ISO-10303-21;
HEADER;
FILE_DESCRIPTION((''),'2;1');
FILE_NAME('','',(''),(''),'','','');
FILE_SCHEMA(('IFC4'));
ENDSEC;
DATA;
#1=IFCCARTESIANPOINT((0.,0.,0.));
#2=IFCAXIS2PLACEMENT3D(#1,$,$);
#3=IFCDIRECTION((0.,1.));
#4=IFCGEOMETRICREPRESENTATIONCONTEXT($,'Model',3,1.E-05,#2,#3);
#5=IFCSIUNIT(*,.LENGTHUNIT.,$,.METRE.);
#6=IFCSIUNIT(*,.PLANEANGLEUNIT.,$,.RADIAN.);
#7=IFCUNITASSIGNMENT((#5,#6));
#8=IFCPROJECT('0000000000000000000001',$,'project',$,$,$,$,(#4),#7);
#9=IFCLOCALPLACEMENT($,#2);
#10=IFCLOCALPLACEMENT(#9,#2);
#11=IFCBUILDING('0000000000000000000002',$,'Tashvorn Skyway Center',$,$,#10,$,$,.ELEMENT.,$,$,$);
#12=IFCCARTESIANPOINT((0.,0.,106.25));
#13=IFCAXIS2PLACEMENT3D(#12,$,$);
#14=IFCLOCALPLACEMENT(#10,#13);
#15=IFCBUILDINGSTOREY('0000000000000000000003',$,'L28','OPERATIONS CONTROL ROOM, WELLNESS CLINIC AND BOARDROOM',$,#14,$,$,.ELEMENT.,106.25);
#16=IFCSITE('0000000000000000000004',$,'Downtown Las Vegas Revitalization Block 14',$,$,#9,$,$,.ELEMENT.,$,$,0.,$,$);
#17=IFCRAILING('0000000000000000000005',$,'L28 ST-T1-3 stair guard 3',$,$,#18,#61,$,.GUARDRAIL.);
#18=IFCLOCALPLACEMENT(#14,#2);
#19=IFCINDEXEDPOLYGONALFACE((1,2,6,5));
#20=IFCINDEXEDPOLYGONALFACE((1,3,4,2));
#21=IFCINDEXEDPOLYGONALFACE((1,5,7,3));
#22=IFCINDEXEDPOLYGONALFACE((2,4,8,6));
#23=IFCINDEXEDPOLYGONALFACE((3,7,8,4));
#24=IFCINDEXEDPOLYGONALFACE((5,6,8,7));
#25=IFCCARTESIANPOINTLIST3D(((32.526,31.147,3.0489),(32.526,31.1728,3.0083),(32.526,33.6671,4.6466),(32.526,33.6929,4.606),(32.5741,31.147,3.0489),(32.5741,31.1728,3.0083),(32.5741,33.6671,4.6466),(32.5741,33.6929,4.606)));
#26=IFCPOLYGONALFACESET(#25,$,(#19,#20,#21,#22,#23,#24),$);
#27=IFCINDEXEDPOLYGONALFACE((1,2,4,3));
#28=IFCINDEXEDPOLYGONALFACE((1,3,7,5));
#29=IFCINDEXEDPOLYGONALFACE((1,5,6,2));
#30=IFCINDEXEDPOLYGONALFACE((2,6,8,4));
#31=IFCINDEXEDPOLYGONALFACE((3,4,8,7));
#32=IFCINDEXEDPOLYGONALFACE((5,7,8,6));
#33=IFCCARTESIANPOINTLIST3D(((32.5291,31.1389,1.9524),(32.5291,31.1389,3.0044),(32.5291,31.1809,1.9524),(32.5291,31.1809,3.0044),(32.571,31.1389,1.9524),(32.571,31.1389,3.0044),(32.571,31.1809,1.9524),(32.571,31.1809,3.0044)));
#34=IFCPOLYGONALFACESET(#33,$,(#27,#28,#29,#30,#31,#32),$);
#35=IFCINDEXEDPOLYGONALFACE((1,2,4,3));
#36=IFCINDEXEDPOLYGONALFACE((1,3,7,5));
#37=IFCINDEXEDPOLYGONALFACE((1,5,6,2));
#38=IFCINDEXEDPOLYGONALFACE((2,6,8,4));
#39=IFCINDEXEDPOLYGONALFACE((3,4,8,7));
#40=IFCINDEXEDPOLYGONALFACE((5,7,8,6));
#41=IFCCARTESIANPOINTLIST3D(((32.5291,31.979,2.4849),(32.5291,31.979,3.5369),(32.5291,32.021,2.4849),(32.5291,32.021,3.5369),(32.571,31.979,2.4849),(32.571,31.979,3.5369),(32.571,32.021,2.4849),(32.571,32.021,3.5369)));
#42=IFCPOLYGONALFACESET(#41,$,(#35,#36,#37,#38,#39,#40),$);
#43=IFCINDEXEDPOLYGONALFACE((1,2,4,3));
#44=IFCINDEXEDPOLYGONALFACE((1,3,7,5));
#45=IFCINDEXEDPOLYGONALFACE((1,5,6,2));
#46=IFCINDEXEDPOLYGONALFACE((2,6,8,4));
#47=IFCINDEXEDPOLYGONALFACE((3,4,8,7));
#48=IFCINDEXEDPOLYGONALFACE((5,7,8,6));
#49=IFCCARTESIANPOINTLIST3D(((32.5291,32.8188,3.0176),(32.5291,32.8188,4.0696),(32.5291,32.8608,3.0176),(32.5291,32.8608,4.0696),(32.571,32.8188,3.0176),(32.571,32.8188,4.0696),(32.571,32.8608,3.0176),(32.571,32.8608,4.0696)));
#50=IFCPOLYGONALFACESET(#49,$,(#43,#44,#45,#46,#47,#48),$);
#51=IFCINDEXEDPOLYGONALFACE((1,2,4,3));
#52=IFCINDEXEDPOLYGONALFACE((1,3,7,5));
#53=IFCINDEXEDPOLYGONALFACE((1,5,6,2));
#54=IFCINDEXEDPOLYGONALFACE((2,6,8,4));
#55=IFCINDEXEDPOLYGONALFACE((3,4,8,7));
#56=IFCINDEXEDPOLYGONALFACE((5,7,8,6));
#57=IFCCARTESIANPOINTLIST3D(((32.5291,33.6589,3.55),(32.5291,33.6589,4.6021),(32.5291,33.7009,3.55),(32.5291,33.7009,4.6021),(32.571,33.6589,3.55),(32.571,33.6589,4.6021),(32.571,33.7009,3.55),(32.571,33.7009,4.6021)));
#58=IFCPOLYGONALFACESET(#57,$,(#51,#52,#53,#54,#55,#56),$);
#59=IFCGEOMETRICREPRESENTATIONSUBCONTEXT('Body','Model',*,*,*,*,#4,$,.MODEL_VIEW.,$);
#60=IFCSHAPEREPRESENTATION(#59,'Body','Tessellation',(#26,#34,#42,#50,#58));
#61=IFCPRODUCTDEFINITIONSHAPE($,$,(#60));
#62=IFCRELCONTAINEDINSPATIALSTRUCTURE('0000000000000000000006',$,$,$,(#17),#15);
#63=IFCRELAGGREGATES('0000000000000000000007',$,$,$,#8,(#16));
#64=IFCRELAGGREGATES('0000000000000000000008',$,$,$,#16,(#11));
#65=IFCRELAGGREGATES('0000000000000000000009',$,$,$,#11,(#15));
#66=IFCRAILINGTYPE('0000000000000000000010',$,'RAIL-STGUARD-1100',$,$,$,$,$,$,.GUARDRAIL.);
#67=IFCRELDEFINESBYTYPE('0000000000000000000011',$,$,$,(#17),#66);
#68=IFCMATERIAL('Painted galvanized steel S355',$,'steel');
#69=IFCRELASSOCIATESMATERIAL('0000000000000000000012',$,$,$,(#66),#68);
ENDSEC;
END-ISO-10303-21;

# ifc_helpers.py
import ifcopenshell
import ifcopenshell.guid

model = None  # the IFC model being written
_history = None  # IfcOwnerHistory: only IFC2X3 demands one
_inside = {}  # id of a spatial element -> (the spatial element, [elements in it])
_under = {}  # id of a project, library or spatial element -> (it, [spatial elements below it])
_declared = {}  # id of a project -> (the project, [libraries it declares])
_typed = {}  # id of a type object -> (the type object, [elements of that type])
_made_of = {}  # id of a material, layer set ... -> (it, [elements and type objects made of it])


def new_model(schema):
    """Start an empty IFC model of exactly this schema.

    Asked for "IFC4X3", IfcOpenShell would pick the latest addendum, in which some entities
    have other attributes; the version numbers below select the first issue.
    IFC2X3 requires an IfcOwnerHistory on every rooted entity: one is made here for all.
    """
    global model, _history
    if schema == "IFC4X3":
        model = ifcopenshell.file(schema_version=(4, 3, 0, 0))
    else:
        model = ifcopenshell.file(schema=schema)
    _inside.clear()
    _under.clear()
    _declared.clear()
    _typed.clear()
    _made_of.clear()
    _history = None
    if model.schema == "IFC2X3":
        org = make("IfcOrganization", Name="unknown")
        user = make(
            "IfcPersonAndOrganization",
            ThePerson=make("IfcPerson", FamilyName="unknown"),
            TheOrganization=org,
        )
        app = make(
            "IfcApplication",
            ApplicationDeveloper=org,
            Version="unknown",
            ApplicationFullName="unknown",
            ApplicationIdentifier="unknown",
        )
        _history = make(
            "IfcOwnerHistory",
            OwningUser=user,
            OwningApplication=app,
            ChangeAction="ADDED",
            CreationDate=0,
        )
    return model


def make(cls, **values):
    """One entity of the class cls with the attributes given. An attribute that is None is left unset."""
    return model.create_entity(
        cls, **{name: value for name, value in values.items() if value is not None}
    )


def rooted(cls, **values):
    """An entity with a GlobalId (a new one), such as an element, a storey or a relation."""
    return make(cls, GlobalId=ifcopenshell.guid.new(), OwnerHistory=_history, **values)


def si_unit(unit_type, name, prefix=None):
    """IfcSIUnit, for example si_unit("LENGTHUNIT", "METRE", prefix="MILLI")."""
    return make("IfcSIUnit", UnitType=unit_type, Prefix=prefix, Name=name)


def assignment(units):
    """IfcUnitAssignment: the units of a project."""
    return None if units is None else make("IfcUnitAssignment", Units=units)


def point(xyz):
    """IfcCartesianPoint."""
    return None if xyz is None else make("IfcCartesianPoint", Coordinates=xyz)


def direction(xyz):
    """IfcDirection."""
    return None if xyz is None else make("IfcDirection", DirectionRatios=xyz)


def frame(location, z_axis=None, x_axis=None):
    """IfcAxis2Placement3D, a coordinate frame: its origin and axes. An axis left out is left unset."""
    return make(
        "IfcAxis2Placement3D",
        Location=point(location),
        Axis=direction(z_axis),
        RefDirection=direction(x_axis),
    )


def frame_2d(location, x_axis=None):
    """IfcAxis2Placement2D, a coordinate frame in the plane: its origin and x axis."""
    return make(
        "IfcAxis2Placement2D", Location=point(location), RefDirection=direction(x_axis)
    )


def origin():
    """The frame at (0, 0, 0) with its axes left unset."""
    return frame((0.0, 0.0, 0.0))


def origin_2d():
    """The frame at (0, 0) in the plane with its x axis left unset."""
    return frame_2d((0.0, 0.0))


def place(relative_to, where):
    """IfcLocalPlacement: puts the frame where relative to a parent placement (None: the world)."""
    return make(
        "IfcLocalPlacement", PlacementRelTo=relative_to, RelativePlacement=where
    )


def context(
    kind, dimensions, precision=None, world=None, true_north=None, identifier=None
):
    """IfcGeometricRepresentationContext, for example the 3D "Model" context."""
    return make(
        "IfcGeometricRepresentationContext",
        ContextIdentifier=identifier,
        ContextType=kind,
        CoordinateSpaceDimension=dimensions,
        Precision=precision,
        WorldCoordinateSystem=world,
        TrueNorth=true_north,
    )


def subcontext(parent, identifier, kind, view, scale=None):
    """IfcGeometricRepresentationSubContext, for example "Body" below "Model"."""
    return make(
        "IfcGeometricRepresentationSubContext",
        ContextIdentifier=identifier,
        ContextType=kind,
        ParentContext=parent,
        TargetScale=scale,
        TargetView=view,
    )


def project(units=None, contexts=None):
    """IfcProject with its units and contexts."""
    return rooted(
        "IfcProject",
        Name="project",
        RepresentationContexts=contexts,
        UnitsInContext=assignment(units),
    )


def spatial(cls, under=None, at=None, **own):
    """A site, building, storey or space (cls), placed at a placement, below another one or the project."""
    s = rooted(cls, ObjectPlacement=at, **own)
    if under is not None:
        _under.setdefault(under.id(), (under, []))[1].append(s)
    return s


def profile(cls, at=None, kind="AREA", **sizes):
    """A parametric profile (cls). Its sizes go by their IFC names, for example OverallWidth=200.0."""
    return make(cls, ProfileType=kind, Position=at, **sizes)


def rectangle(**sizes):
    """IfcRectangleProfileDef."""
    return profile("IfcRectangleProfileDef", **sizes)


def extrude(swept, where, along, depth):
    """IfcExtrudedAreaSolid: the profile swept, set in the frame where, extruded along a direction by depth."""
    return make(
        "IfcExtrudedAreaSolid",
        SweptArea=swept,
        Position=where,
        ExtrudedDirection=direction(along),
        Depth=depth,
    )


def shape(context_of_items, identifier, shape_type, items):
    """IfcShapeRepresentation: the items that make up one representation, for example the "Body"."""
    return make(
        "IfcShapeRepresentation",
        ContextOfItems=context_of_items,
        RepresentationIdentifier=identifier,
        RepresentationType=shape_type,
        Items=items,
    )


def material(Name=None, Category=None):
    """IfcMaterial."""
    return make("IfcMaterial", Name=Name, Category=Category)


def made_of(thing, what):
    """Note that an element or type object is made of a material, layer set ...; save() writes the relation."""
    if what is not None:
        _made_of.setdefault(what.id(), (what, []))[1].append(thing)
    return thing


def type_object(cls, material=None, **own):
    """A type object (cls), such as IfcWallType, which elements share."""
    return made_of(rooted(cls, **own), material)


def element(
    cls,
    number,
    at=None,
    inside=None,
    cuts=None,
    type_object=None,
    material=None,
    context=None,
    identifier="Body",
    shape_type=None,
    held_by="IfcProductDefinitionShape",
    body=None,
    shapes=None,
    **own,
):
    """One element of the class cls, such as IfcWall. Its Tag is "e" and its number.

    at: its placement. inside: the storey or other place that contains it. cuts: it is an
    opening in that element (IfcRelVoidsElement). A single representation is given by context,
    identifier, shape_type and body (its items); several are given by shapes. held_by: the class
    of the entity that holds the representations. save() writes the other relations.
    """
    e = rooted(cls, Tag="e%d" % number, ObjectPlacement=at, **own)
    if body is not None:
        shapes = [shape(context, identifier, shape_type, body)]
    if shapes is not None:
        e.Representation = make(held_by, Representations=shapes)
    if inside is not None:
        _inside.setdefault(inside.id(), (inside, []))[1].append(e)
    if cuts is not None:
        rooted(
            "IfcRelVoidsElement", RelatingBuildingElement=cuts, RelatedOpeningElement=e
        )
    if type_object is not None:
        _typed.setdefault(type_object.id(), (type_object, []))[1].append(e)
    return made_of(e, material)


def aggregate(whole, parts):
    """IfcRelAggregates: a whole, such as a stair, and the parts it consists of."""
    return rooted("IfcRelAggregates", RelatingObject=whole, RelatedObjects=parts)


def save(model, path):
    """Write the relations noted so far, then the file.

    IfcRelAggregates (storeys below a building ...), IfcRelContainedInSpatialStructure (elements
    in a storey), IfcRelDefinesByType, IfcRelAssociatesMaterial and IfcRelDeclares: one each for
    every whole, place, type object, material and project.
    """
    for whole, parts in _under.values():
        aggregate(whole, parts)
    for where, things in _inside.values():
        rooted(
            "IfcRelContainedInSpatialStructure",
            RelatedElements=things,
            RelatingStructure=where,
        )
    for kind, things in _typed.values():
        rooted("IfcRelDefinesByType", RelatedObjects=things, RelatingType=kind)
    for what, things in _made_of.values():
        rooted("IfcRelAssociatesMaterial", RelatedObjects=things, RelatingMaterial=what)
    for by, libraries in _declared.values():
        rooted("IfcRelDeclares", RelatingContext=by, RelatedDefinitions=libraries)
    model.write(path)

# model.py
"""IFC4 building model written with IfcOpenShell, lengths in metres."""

from ifc_helpers import new_model, si_unit, direction, frame, origin, origin_2d, place, context, subcontext, project, spatial, rectangle, extrude, material, type_object, element, save


model = new_model("IFC4")

# Units and contexts
model_context = context("Model", 3, precision=1e-05, world=origin(), true_north=direction((0.0, 1.0)))
body_context = subcontext(model_context, "Body", "Model", "MODEL_VIEW")
ifc_project = project(units=[si_unit("LENGTHUNIT", "METRE"), si_unit("PLANEANGLEUNIT", "RADIAN")], contexts=[model_context])

# Site, building, storey
site_placement = place(None, origin())
site = spatial("IfcSite", under=ifc_project, at=site_placement, Name="Downtown Las Vegas Revitalization Block 14", CompositionType="ELEMENT", RefElevation=0.0)
building_placement = place(site_placement, origin())
building = spatial("IfcBuilding", under=site, at=building_placement, Name="Tashvorn Skyway Center", CompositionType="ELEMENT")
storey_placement = place(building_placement, frame((0.0, 0.0, 106.25)))
storey = spatial("IfcBuildingStorey", under=building, at=storey_placement, Name="L28", Description="OPERATIONS CONTROL ROOM, WELLNESS CLINIC AND BOARDROOM", CompositionType="ELEMENT", Elevation=106.25)

# Railing
ifc_material_1 = material(Name="Painted galvanized steel S355", Category="steel")
railing_type = type_object("IfcRailingType", Name="RAIL-STGUARD-1100", PredefinedType="GUARDRAIL", material=ifc_material_1)
railing_1_placement = place(storey_placement, frame((32.55, 31.1599, 1.9524)))
element("IfcRailing", 1, at=railing_1_placement, inside=storey, type_object=railing_type, Name="L28 ST-T1-3 stair guard 3", PredefinedType="GUARDRAIL", context=body_context, shape_type="SweptSolid", body=[
    extrude(rectangle(XDim=0.0481, YDim=0.0481, at=origin_2d()), frame((0.0, 0.0, 1.0762), z_axis=(0.0, 0.84457, 0.535445), x_axis=(-1.0, 0.0, 0.0)), (0.0, 0.0, 1.0), 2.9839),
    extrude(rectangle(XDim=0.042, YDim=0.042, at=origin_2d()), origin(), (0.0, 0.0, 1.0), 1.052),
    extrude(rectangle(XDim=0.042, YDim=0.042, at=origin_2d()), frame((0.0, 0.8401, 0.5325)), (0.0, 0.0, 1.0), 1.052),
    extrude(rectangle(XDim=0.042, YDim=0.042, at=origin_2d()), frame((0.0, 1.6799, 1.0652)), (0.0, 0.0, 1.0), 1.052),
    extrude(rectangle(XDim=0.042, YDim=0.042, at=origin_2d()), frame((0.0, 2.52, 1.5977)), (0.0, 0.0, 1.0), 1.052),
])

save(model, "model.ifc")
